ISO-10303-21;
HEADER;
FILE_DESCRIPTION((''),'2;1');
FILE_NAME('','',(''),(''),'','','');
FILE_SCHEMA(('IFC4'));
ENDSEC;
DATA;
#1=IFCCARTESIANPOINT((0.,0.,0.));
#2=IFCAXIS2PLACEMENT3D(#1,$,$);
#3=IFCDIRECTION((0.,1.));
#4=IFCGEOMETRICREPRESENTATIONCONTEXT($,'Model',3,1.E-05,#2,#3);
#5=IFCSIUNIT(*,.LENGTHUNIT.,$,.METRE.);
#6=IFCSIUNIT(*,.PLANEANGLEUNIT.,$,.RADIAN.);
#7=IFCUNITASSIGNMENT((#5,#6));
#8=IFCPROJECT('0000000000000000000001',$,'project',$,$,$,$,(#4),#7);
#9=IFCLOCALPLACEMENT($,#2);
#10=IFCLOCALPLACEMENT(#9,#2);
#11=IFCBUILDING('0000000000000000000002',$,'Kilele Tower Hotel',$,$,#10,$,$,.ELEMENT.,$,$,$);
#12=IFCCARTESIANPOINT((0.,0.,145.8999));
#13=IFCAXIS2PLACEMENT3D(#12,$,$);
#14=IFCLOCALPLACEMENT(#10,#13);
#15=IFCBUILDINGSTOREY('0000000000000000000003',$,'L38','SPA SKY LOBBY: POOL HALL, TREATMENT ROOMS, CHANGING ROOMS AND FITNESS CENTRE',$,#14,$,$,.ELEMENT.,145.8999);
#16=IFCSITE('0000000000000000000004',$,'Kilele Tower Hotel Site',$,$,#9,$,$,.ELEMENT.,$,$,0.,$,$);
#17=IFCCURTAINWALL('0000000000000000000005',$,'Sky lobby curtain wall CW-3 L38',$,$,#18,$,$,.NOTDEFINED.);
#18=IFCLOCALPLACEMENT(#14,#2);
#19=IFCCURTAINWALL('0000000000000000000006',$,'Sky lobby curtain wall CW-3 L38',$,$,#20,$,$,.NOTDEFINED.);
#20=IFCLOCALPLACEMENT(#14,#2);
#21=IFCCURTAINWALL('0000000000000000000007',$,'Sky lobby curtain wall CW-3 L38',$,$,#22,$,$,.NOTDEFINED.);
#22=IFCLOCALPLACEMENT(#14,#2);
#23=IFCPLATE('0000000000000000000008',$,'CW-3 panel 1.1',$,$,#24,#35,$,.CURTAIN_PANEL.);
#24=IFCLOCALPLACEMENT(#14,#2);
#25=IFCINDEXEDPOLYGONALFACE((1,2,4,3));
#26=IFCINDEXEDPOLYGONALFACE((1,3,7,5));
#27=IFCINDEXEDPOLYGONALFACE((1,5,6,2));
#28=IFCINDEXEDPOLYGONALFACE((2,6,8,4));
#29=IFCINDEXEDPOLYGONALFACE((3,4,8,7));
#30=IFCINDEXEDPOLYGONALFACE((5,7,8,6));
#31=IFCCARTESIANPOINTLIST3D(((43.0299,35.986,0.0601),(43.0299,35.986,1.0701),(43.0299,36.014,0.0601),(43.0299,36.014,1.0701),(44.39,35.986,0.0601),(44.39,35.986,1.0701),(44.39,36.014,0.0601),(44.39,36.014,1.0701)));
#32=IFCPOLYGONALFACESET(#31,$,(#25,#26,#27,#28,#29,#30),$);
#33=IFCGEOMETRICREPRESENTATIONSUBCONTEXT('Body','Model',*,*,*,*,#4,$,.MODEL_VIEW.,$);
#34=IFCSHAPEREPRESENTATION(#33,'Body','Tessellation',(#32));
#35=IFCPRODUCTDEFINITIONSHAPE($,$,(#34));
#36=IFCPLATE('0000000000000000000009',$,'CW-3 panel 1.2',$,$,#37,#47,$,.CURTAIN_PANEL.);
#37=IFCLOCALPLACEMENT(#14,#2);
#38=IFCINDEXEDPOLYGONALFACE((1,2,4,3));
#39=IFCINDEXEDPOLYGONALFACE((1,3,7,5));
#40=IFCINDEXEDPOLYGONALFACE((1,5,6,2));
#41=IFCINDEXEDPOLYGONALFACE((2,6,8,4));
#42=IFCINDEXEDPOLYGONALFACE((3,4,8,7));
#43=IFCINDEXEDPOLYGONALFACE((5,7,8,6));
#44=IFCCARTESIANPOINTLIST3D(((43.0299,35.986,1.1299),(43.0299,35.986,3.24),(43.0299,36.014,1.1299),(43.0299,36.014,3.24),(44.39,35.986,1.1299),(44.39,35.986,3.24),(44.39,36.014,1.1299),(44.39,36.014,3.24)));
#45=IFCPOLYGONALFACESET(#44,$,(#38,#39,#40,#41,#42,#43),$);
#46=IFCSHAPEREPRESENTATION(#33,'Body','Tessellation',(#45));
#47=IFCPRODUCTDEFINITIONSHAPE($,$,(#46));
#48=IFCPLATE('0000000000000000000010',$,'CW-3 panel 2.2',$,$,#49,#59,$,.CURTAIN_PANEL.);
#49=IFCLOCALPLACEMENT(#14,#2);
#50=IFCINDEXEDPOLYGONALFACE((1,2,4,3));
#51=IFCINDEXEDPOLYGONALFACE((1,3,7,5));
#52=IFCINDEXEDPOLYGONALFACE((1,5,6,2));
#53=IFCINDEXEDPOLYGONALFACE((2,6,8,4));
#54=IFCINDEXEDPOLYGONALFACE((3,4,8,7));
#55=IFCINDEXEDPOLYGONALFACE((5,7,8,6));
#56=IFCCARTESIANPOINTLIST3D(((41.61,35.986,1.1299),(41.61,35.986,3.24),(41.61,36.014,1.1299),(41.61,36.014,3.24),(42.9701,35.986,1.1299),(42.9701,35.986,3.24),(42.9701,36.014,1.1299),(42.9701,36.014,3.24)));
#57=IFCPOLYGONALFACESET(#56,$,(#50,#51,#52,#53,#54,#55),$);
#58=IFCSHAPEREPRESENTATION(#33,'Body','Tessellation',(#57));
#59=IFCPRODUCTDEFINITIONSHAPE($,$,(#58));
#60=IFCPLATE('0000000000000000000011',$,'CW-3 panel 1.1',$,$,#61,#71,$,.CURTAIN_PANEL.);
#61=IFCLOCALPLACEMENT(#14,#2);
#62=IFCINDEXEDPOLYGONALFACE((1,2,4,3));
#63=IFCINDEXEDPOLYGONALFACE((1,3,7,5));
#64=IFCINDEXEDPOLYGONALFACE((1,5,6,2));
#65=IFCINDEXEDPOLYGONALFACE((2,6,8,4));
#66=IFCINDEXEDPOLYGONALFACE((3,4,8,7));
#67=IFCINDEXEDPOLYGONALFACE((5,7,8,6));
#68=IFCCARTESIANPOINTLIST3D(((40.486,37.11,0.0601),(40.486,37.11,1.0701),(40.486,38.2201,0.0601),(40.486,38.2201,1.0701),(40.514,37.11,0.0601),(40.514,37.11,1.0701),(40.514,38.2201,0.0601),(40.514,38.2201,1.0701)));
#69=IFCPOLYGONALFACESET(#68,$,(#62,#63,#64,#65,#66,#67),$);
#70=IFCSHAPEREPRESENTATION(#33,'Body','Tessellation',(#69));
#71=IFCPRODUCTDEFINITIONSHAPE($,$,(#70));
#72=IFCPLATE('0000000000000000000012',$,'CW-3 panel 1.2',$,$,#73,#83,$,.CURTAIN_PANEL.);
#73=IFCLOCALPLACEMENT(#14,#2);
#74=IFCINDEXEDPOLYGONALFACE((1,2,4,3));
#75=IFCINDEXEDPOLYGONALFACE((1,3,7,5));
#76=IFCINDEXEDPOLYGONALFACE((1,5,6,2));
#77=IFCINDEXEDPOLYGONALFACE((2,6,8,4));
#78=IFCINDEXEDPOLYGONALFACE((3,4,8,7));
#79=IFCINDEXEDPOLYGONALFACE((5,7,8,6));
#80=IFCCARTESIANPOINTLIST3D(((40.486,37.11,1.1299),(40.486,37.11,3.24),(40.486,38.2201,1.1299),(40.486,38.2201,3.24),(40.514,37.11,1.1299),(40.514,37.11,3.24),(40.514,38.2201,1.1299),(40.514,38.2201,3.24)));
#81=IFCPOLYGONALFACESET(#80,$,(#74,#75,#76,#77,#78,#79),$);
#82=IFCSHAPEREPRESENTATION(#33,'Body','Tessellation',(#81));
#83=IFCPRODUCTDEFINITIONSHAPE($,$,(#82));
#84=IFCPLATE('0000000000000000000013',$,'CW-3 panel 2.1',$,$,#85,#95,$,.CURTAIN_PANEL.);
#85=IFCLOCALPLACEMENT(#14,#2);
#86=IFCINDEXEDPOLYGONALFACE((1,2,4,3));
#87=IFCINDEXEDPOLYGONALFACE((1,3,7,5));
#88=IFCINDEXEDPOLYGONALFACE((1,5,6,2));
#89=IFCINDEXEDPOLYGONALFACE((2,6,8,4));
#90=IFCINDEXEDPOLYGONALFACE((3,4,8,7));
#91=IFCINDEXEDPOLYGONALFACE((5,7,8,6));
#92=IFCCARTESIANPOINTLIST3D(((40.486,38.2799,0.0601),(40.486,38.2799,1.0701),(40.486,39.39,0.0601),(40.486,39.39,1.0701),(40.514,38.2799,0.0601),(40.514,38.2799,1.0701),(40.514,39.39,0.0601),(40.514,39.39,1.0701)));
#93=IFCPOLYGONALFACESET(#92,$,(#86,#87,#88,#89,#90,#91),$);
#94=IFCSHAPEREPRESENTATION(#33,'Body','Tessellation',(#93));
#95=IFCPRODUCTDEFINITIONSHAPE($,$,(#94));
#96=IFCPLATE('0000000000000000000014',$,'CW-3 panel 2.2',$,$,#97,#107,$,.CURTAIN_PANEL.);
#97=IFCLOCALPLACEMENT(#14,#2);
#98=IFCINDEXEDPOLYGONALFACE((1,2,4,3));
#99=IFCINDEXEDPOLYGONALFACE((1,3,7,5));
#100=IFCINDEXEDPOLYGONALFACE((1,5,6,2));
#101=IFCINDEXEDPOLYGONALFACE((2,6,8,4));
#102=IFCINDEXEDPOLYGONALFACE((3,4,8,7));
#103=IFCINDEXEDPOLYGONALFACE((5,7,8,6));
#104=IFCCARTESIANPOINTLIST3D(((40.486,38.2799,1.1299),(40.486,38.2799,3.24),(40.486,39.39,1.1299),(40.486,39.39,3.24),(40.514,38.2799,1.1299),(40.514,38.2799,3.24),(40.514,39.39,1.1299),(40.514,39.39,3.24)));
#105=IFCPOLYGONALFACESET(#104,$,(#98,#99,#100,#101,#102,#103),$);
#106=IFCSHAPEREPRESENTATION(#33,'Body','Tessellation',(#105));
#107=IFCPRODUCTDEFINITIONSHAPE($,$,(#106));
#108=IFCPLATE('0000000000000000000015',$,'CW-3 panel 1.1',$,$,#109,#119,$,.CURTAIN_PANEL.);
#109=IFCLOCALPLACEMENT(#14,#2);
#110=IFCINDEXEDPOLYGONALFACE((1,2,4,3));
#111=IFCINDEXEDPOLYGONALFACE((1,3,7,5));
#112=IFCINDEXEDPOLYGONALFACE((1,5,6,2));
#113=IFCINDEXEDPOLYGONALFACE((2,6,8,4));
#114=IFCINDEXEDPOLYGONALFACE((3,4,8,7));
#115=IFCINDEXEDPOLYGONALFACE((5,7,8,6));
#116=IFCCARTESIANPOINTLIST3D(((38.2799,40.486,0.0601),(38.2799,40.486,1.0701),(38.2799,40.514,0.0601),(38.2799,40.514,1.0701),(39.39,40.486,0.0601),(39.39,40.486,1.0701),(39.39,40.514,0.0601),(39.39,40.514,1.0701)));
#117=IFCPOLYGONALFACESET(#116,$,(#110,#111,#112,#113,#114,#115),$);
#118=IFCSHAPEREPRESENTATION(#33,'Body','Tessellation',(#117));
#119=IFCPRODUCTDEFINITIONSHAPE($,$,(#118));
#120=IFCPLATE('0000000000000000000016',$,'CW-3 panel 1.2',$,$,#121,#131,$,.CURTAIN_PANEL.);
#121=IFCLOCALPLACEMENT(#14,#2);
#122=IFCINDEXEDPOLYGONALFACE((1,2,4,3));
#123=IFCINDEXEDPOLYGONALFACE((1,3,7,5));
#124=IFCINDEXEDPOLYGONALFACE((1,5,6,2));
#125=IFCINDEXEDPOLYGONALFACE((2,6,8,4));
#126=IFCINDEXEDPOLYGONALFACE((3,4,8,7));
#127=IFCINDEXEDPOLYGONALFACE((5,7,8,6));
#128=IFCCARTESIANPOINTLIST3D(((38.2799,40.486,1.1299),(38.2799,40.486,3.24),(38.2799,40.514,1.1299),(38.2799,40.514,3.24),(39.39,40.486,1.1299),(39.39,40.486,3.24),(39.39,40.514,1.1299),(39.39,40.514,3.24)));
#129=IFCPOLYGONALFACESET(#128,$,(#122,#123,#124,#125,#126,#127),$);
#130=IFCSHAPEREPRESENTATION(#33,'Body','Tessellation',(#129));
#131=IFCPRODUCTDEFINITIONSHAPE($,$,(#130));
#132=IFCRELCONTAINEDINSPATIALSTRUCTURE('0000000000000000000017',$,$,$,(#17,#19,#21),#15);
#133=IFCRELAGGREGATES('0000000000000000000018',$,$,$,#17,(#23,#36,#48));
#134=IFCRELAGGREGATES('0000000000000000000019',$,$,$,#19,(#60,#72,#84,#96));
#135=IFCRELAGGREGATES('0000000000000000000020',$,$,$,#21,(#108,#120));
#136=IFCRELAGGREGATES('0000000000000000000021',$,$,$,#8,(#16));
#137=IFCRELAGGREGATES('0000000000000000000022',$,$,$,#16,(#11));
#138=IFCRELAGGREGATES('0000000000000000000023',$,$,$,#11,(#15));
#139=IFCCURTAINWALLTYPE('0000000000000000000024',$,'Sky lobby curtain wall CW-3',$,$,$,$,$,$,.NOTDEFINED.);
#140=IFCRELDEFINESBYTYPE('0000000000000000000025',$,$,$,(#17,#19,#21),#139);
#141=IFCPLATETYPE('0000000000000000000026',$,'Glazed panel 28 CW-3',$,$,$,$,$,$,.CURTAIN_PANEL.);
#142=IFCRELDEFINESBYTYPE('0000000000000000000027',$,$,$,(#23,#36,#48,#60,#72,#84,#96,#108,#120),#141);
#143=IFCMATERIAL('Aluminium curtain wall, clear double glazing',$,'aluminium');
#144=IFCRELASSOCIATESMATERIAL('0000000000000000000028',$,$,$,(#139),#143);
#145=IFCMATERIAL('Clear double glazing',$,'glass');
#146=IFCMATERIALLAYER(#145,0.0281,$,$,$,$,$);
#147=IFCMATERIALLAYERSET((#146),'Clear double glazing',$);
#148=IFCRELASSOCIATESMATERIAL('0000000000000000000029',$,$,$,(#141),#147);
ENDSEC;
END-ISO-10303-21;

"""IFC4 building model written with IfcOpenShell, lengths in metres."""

from ifc_helpers import new_model, si_unit, direction, frame, origin, origin_2d, place, context, subcontext, project, spatial, rectangle, extrude, material, layer, layer_set, type_object, element, aggregate, save


model = new_model("IFC4")

# Units and contexts
model_context = context("Model", 3, precision=1e-05, world=origin(), true_north=direction((0.0, 1.0)))
body_context = subcontext(model_context, "Body", "Model", "MODEL_VIEW")
ifc_project = project(units=[si_unit("LENGTHUNIT", "METRE"), si_unit("PLANEANGLEUNIT", "RADIAN")], contexts=[model_context])

# Site, building, storey
site_placement = place(None, origin())
site = spatial("IfcSite", under=ifc_project, at=site_placement, Name="Kilele Tower Hotel Site", CompositionType="ELEMENT", RefElevation=0.0)
building_placement = place(site_placement, origin())
building = spatial("IfcBuilding", under=site, at=building_placement, Name="Kilele Tower Hotel", CompositionType="ELEMENT")
storey_placement = place(building_placement, frame((0.0, 0.0, 145.8999)))
storey = spatial("IfcBuildingStorey", under=building, at=storey_placement, Name="L38", Description="SPA SKY LOBBY: POOL HALL, TREATMENT ROOMS, CHANGING ROOMS AND FITNESS CENTRE", CompositionType="ELEMENT", Elevation=145.8999)

# Curtain walls
ifc_material_1 = material(Name="Aluminium curtain wall, clear double glazing", Category="aluminium")
curtain_wall_type = type_object("IfcCurtainWallType", Name="Sky lobby curtain wall CW-3", PredefinedType="NOTDEFINED", material=ifc_material_1)
curtain_wall_1_placement = place(storey_placement, origin())
curtain_wall_1 = element("IfcCurtainWall", 1, at=curtain_wall_1_placement, inside=storey, type_object=curtain_wall_type, Name="Sky lobby curtain wall CW-3 L38", PredefinedType="NOTDEFINED")
curtain_wall_2_placement = place(storey_placement, origin())
curtain_wall_2 = element("IfcCurtainWall", 2, at=curtain_wall_2_placement, inside=storey, type_object=curtain_wall_type, Name="Sky lobby curtain wall CW-3 L38", PredefinedType="NOTDEFINED")
curtain_wall_3_placement = place(storey_placement, origin())
curtain_wall_3 = element("IfcCurtainWall", 3, at=curtain_wall_3_placement, inside=storey, type_object=curtain_wall_type, Name="Sky lobby curtain wall CW-3 L38", PredefinedType="NOTDEFINED")

# Plates
ifc_material_2 = material(Name="Clear double glazing", Category="glass")
ifc_layer = layer(ifc_material_2, 0.0281)
ifc_layer_set = layer_set([ifc_layer], Name="Clear double glazing")
plate_type = type_object("IfcPlateType", Name="Glazed panel 28 CW-3", PredefinedType="CURTAIN_PANEL", material=ifc_layer_set)
plate_1_placement = place(storey_placement, frame((43.71, 36.0, 0.0601), z_axis=(0.0, 0.0, 1.0), x_axis=(-1.0, 0.0, 0.0)))
plate_1 = element("IfcPlate", 4, at=plate_1_placement, type_object=plate_type, Name="CW-3 panel 1.1", PredefinedType="CURTAIN_PANEL", context=body_context, shape_type="SweptSolid", body=[
    extrude(rectangle(XDim=1.3601, YDim=0.0281, at=origin_2d()), origin(), (0.0, 0.0, 1.0), 1.01),
])
plate_2_placement = place(storey_placement, frame((43.71, 36.0, 1.1299), z_axis=(0.0, 0.0, 1.0), x_axis=(-1.0, 0.0, 0.0)))
plate_2 = element("IfcPlate", 5, at=plate_2_placement, type_object=plate_type, Name="CW-3 panel 1.2", PredefinedType="CURTAIN_PANEL", context=body_context, shape_type="SweptSolid", body=[
    extrude(rectangle(XDim=1.3601, YDim=0.0281, at=origin_2d()), origin(), (0.0, 0.0, 1.0), 2.1101),
])
plate_3_placement = place(storey_placement, frame((42.29, 36.0, 1.1299), z_axis=(0.0, 0.0, 1.0), x_axis=(-1.0, 0.0, 0.0)))
plate_3 = element("IfcPlate", 6, at=plate_3_placement, type_object=plate_type, Name="CW-3 panel 2.2", PredefinedType="CURTAIN_PANEL", context=body_context, shape_type="SweptSolid", body=[
    extrude(rectangle(XDim=1.3601, YDim=0.0281, at=origin_2d()), origin(), (0.0, 0.0, 1.0), 2.1101),
])
aggregate(curtain_wall_1, [plate_1, plate_2, plate_3])
plate_4_placement = place(storey_placement, frame((40.5, 37.665, 0.0601), z_axis=(0.0, 0.0, 1.0), x_axis=(0.0, 1.0, 0.0)))
plate_4 = element("IfcPlate", 7, at=plate_4_placement, type_object=plate_type, Name="CW-3 panel 1.1", PredefinedType="CURTAIN_PANEL", context=body_context, shape_type="SweptSolid", body=[
    extrude(rectangle(XDim=1.1101, YDim=0.0281, at=origin_2d()), origin(), (0.0, 0.0, 1.0), 1.01),
])
plate_5_placement = place(storey_placement, frame((40.5, 37.665, 1.1299), z_axis=(0.0, 0.0, 1.0), x_axis=(0.0, 1.0, 0.0)))
plate_5 = element("IfcPlate", 8, at=plate_5_placement, type_object=plate_type, Name="CW-3 panel 1.2", PredefinedType="CURTAIN_PANEL", context=body_context, shape_type="SweptSolid", body=[
    extrude(rectangle(XDim=1.1101, YDim=0.0281, at=origin_2d()), origin(), (0.0, 0.0, 1.0), 2.1101),
])
plate_6_placement = place(storey_placement, frame((40.5, 38.835, 0.0601), z_axis=(0.0, 0.0, 1.0), x_axis=(0.0, 1.0, 0.0)))
plate_6 = element("IfcPlate", 9, at=plate_6_placement, type_object=plate_type, Name="CW-3 panel 2.1", PredefinedType="CURTAIN_PANEL", context=body_context, shape_type="SweptSolid", body=[
    extrude(rectangle(XDim=1.1101, YDim=0.0281, at=origin_2d()), origin(), (0.0, 0.0, 1.0), 1.01),
])
plate_7_placement = place(storey_placement, frame((40.5, 38.835, 1.1299), z_axis=(0.0, 0.0, 1.0), x_axis=(0.0, 1.0, 0.0)))
plate_7 = element("IfcPlate", 10, at=plate_7_placement, type_object=plate_type, Name="CW-3 panel 2.2", PredefinedType="CURTAIN_PANEL", context=body_context, shape_type="SweptSolid", body=[
    extrude(rectangle(XDim=1.1101, YDim=0.0281, at=origin_2d()), origin(), (0.0, 0.0, 1.0), 2.1101),
])
aggregate(curtain_wall_2, [plate_4, plate_5, plate_6, plate_7])
plate_8_placement = place(storey_placement, frame((38.835, 40.5, 0.0601), z_axis=(0.0, 0.0, 1.0), x_axis=(-1.0, 0.0, 0.0)))
plate_8 = element("IfcPlate", 11, at=plate_8_placement, type_object=plate_type, Name="CW-3 panel 1.1", PredefinedType="CURTAIN_PANEL", context=body_context, shape_type="SweptSolid", body=[
    extrude(rectangle(XDim=1.1101, YDim=0.0281, at=origin_2d()), origin(), (0.0, 0.0, 1.0), 1.01),
])
plate_9_placement = place(storey_placement, frame((38.835, 40.5, 1.1299), z_axis=(0.0, 0.0, 1.0), x_axis=(-1.0, 0.0, 0.0)))
plate_9 = element("IfcPlate", 12, at=plate_9_placement, type_object=plate_type, Name="CW-3 panel 1.2", PredefinedType="CURTAIN_PANEL", context=body_context, shape_type="SweptSolid", body=[
    extrude(rectangle(XDim=1.1101, YDim=0.0281, at=origin_2d()), origin(), (0.0, 0.0, 1.0), 2.1101),
])
aggregate(curtain_wall_3, [plate_8, plate_9])

save(model, "model.ifc")
